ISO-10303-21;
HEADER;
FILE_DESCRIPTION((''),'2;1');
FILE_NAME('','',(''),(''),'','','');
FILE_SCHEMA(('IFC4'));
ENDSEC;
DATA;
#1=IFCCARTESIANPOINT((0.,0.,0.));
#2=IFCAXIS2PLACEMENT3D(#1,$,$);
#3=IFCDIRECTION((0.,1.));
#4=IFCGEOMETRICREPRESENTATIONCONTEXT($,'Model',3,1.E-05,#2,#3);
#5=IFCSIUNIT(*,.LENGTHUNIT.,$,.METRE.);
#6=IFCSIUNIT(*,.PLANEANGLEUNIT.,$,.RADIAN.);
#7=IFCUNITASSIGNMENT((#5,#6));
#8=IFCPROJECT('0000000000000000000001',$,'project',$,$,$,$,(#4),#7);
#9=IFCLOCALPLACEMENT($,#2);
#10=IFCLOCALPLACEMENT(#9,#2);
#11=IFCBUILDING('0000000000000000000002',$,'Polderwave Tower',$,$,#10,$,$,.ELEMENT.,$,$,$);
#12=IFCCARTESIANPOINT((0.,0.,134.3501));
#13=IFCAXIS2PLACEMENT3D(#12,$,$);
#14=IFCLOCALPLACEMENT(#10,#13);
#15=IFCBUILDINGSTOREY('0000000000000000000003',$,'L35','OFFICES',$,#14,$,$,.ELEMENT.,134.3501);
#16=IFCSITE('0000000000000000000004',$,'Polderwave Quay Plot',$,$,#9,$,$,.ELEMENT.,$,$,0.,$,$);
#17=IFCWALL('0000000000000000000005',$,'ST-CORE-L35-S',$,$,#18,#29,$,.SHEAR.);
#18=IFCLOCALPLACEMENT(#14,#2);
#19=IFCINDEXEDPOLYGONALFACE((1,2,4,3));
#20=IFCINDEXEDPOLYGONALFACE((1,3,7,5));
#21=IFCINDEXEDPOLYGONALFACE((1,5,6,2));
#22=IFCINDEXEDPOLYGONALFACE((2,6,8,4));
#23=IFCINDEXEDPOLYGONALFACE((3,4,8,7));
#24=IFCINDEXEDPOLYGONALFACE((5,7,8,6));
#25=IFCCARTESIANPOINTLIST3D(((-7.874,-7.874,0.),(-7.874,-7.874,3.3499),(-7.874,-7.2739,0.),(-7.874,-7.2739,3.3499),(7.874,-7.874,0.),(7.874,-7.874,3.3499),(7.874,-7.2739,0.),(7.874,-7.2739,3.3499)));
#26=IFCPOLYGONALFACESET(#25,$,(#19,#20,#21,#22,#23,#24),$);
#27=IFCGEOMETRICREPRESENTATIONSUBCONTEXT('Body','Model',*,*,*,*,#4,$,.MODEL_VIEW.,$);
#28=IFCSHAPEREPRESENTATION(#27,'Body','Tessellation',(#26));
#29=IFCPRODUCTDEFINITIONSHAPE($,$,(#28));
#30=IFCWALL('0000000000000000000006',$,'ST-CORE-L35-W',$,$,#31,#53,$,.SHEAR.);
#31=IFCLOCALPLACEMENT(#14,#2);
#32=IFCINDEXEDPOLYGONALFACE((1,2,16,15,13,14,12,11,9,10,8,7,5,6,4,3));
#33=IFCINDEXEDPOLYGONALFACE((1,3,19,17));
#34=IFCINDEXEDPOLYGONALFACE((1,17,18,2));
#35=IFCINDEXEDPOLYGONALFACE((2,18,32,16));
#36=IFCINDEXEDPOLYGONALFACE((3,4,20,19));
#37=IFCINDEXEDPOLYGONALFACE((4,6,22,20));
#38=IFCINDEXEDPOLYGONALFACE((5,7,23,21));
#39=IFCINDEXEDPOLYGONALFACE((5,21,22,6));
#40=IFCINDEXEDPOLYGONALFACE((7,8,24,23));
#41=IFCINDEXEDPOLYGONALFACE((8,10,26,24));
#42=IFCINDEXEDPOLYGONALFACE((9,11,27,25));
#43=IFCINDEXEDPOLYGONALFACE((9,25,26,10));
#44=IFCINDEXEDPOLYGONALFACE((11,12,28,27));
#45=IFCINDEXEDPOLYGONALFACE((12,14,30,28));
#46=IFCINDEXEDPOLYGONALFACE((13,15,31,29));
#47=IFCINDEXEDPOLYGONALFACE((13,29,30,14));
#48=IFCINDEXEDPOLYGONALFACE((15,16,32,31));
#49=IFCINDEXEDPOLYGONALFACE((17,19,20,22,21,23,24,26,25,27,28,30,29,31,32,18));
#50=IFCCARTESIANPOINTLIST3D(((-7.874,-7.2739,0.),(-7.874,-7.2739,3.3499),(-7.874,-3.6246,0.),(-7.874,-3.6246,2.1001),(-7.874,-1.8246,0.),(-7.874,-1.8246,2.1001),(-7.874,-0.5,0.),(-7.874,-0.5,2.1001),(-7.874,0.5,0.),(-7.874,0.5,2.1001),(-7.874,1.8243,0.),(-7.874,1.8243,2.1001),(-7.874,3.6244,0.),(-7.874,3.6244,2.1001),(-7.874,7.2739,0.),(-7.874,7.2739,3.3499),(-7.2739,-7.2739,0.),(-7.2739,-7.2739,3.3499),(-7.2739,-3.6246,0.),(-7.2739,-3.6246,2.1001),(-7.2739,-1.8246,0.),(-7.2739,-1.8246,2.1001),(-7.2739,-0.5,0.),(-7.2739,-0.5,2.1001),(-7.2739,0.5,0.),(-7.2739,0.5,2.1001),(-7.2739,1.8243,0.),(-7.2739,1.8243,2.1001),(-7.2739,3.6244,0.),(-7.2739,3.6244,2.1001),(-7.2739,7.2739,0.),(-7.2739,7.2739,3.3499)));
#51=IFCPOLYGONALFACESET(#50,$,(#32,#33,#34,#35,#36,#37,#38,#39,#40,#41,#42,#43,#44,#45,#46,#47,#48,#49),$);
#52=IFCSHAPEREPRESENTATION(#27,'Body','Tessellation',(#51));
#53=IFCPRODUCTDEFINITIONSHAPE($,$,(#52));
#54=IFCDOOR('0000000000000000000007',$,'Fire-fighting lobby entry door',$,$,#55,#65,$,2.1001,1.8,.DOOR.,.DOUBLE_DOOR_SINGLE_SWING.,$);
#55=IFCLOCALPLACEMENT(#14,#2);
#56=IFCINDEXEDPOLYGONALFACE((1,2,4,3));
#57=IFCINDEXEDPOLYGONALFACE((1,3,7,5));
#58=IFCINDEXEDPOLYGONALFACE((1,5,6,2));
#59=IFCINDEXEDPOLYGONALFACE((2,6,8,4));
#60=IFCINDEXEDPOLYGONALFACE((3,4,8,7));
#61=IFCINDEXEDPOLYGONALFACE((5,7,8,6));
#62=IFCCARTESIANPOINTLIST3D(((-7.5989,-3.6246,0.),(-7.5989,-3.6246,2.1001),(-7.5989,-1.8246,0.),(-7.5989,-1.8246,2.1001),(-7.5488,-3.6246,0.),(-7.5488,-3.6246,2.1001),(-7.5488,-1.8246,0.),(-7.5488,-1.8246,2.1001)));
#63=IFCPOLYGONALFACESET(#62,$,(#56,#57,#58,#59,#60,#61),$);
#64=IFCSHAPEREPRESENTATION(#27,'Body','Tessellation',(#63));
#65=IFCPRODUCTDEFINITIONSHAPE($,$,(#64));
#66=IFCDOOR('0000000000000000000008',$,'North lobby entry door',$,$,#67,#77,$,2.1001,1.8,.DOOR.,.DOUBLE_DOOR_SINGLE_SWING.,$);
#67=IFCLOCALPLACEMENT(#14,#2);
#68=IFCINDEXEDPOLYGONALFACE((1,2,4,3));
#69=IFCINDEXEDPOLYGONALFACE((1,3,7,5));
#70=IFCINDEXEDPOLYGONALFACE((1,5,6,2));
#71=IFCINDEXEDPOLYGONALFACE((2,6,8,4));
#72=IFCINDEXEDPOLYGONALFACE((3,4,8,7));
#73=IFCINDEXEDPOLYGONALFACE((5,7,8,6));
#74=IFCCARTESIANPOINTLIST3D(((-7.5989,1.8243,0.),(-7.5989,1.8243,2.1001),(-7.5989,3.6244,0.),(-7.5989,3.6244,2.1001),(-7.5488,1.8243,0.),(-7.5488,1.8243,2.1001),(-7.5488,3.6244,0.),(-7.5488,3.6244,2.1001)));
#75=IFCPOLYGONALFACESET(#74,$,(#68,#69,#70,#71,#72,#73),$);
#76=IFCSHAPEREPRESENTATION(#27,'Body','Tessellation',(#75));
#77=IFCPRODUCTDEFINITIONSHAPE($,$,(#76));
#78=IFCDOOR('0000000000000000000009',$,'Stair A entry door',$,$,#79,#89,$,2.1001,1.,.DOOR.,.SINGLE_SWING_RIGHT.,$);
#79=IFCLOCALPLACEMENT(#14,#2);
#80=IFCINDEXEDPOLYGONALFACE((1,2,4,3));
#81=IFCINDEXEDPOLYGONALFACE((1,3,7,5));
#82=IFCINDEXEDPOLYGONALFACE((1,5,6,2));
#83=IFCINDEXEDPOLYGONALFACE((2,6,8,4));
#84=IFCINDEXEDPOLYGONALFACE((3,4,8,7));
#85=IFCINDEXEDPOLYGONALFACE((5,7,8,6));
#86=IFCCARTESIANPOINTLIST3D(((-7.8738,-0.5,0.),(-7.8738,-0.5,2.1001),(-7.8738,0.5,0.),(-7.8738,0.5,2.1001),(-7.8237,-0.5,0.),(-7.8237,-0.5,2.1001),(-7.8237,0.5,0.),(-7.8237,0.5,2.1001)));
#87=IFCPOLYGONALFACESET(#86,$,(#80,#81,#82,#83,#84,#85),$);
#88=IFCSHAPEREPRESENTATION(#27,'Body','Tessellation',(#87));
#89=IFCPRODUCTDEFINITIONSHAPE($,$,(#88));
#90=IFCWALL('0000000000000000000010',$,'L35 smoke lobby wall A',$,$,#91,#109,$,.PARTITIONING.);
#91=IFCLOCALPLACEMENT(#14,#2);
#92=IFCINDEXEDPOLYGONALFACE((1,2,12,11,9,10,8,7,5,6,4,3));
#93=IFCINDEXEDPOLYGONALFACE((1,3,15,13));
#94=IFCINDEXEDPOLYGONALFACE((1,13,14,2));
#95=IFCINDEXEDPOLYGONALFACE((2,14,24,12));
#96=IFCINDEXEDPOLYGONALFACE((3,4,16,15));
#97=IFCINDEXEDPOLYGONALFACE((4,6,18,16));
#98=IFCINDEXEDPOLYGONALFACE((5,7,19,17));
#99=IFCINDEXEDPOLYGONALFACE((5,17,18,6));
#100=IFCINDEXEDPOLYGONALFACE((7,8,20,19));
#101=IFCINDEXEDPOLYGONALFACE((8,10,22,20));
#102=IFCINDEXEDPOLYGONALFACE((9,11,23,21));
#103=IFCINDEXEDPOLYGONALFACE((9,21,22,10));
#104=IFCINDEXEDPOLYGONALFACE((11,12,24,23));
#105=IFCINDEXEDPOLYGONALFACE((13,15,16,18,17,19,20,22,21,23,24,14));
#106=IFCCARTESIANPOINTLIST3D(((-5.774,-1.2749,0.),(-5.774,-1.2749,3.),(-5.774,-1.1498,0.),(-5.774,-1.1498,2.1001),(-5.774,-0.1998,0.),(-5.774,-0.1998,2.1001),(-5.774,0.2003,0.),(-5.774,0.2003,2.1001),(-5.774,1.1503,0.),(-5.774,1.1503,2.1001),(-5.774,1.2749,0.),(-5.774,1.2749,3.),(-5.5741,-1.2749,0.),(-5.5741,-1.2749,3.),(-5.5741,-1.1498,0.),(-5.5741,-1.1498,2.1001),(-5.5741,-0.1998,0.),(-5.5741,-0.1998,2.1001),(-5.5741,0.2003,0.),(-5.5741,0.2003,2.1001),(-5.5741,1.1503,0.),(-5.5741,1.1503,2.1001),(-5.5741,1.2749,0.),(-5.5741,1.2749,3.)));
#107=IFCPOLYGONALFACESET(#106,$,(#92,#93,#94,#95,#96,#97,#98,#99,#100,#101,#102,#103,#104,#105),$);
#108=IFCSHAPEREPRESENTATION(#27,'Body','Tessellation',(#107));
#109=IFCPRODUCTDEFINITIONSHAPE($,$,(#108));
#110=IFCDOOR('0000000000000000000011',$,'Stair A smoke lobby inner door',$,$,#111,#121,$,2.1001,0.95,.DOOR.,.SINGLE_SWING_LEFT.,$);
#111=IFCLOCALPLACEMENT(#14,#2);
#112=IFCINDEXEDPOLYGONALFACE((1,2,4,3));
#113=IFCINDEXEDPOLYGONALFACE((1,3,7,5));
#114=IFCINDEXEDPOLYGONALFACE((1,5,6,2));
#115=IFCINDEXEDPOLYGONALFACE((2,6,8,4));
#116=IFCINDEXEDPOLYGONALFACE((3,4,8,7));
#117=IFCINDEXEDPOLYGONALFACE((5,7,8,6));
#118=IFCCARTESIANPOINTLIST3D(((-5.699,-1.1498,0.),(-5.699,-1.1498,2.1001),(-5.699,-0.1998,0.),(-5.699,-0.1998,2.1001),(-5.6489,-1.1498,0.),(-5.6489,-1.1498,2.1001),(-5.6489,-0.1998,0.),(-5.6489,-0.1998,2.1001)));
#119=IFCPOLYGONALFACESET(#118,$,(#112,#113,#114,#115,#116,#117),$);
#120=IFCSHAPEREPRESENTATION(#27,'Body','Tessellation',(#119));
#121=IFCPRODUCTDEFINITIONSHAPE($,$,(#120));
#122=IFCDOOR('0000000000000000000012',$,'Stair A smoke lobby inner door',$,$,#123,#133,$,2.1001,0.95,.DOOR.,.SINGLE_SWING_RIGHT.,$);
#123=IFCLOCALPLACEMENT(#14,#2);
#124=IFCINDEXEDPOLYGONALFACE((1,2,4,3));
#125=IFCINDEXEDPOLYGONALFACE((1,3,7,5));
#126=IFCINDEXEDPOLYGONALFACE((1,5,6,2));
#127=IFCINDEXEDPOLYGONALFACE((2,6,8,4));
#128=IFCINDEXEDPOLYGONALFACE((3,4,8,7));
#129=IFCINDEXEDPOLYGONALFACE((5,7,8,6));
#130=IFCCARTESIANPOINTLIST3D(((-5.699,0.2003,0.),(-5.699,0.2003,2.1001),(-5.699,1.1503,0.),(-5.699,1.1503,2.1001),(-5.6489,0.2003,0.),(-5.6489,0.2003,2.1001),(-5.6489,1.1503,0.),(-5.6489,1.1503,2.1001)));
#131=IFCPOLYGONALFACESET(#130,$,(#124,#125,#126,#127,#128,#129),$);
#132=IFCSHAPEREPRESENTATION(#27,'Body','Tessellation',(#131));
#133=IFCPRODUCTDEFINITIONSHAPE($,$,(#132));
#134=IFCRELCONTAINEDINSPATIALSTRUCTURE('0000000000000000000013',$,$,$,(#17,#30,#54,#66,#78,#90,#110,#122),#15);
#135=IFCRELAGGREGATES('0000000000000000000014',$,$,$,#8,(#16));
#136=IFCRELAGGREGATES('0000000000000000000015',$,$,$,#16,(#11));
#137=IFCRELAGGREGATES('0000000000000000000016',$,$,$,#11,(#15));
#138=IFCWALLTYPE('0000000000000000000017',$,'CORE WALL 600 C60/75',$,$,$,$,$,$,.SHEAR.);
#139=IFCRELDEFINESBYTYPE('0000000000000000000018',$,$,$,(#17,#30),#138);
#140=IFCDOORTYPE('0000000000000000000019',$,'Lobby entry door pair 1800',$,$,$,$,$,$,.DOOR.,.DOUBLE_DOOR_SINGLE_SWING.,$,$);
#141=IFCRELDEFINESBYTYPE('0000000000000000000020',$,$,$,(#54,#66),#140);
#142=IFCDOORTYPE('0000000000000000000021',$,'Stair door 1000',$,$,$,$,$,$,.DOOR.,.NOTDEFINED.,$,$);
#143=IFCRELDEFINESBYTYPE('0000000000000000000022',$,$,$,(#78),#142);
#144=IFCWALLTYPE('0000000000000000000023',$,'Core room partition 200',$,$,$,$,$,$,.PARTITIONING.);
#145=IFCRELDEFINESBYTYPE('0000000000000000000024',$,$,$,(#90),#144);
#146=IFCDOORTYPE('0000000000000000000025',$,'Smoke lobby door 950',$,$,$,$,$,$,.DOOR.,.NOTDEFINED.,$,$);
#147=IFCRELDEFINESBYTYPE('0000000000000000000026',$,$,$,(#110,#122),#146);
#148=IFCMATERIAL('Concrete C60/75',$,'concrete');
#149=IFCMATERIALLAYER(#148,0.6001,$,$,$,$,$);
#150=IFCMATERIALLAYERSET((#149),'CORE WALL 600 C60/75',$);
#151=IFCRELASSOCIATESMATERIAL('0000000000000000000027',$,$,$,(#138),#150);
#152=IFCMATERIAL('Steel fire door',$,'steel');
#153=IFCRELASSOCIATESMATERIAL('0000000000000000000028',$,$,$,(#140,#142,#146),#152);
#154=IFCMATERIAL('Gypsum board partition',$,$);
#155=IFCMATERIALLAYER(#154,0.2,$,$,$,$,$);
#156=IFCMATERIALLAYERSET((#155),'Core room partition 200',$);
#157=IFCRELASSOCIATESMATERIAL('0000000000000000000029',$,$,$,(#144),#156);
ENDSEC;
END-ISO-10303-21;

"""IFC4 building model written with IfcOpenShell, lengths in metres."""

from ifc_helpers import new_model, si_unit, direction, frame, frame_2d, origin, place, context, subcontext, project, spatial, rectangle, extrude, material, layer, layer_set, type_object, element, fill, save


model = new_model("IFC4")

# Units and contexts
model_context = context("Model", 3, precision=1e-05, world=origin(), true_north=direction((0.0, 1.0)))
body_context = subcontext(model_context, "Body", "Model", "MODEL_VIEW")
ifc_project = project(units=[si_unit("LENGTHUNIT", "METRE"), si_unit("PLANEANGLEUNIT", "RADIAN")], contexts=[model_context])

# Site, building, storey
site_placement = place(None, origin())
site = spatial("IfcSite", under=ifc_project, at=site_placement, Name="Polderwave Quay Plot", CompositionType="ELEMENT", RefElevation=0.0)
building_placement = place(site_placement, origin())
building = spatial("IfcBuilding", under=site, at=building_placement, Name="Polderwave Tower", CompositionType="ELEMENT")
storey_placement = place(building_placement, frame((0.0, 0.0, 134.3501)))
storey = spatial("IfcBuildingStorey", under=building, at=storey_placement, Name="L35", Description="OFFICES", CompositionType="ELEMENT", Elevation=134.3501)

# Wall
ifc_material_1 = material(Name="Concrete C60/75", Category="concrete")
ifc_layer_1 = layer(ifc_material_1, 0.6001)
ifc_layer_set_1 = layer_set([ifc_layer_1], Name="CORE WALL 600 C60/75")
wall_type_1 = type_object("IfcWallType", Name="CORE WALL 600 C60/75", PredefinedType="SHEAR", material=ifc_layer_set_1)
wall_1_placement = place(storey_placement, frame((-7.874, -7.574, 0.0), z_axis=(0.0, 0.0, 1.0), x_axis=(1.0, 0.0, 0.0)))
element("IfcWall", 1, at=wall_1_placement, inside=storey, type_object=wall_type_1, Name="ST-CORE-L35-S", PredefinedType="SHEAR", context=body_context, shape_type="SweptSolid", body=[
    extrude(rectangle(XDim=15.748, YDim=0.6001, at=frame_2d((7.874, 0.0))), origin(), (0.0, 0.0, 1.0), 3.3499),
])

# Walls, openings, doors
wall_2_placement = place(storey_placement, frame((-7.574, -7.2739, 0.0), z_axis=(0.0, 0.0, 1.0), x_axis=(0.0, 1.0, 0.0)))
wall_2 = element("IfcWall", 2, at=wall_2_placement, inside=storey, type_object=wall_type_1, Name="ST-CORE-L35-W", PredefinedType="SHEAR", context=body_context, shape_type="SweptSolid", body=[
    extrude(rectangle(XDim=14.5479, YDim=0.6001, at=frame_2d((7.2739, 0.0))), origin(), (0.0, 0.0, 1.0), 3.3499),
])
opening_1_placement = place(wall_2_placement, frame((6.7739, 0.0, 0.0)))
opening_1 = element("IfcOpeningElement", 3, at=opening_1_placement, cuts=wall_2, PredefinedType="OPENING", context=body_context, shape_type="SweptSolid", body=[
    extrude(rectangle(XDim=1.0, YDim=2.1001, at=frame_2d((0.5, 1.05))), frame((0.0, 0.3101, 0.0), z_axis=(0.0, -1.0, 0.0), x_axis=(1.0, 0.0, 0.0)), (0.0, 0.0, 1.0), 0.6201),
])
opening_2_placement = place(wall_2_placement, frame((3.6494, 0.0, 0.0)))
opening_2 = element("IfcOpeningElement", 4, at=opening_2_placement, cuts=wall_2, PredefinedType="OPENING", context=body_context, shape_type="SweptSolid", body=[
    extrude(rectangle(XDim=1.8, YDim=2.1001, at=frame_2d((0.8999, 1.05))), frame((0.0, 0.3101, 0.0), z_axis=(0.0, -1.0, 0.0), x_axis=(1.0, 0.0, 0.0)), (0.0, 0.0, 1.0), 0.6201),
])
opening_3_placement = place(wall_2_placement, frame((9.0984, 0.0, 0.0)))
opening_3 = element("IfcOpeningElement", 5, at=opening_3_placement, cuts=wall_2, PredefinedType="OPENING", context=body_context, shape_type="SweptSolid", body=[
    extrude(rectangle(XDim=1.8, YDim=2.1001, at=frame_2d((0.8999, 1.05))), frame((0.0, 0.3101, 0.0), z_axis=(0.0, -1.0, 0.0), x_axis=(1.0, 0.0, 0.0)), (0.0, 0.0, 1.0), 0.6201),
])
ifc_material_2 = material(Name="Steel fire door", Category="steel")
door_type_1 = type_object("IfcDoorType", Name="Lobby entry door pair 1800", OperationType="DOUBLE_DOOR_SINGLE_SWING", PredefinedType="DOOR", material=ifc_material_2)
door_1_placement = place(opening_2_placement, origin())
door_1 = element("IfcDoor", 6, at=door_1_placement, inside=storey, type_object=door_type_1, Name="Fire-fighting lobby entry door", OperationType="DOUBLE_DOOR_SINGLE_SWING", OverallHeight=2.1001, OverallWidth=1.8, PredefinedType="DOOR", context=body_context, shape_type="SweptSolid", body=[
    extrude(rectangle(XDim=1.8, YDim=2.1001, at=frame_2d((0.8999, 1.05))), frame((0.0, 0.0249, 0.0), z_axis=(0.0, -1.0, 0.0), x_axis=(1.0, 0.0, 0.0)), (0.0, 0.0, 1.0), 0.05),
])
fill(opening_2, door_1)
door_2_placement = place(opening_3_placement, origin())
door_2 = element("IfcDoor", 7, at=door_2_placement, inside=storey, type_object=door_type_1, Name="North lobby entry door", OperationType="DOUBLE_DOOR_SINGLE_SWING", OverallHeight=2.1001, OverallWidth=1.8, PredefinedType="DOOR", context=body_context, shape_type="SweptSolid", body=[
    extrude(rectangle(XDim=1.8, YDim=2.1001, at=frame_2d((0.8999, 1.05))), frame((0.0, 0.0249, 0.0), z_axis=(0.0, -1.0, 0.0), x_axis=(1.0, 0.0, 0.0)), (0.0, 0.0, 1.0), 0.05),
])
fill(opening_3, door_2)
door_type_2 = type_object("IfcDoorType", Name="Stair door 1000", OperationType="NOTDEFINED", PredefinedType="DOOR", material=ifc_material_2)
door_3_placement = place(opening_1_placement, origin())
door_3 = element("IfcDoor", 8, at=door_3_placement, inside=storey, type_object=door_type_2, Name="Stair A entry door", OperationType="SINGLE_SWING_RIGHT", OverallHeight=2.1001, OverallWidth=1.0, PredefinedType="DOOR", context=body_context, shape_type="SweptSolid", body=[
    extrude(rectangle(XDim=1.0, YDim=2.1001, at=frame_2d((0.5, 1.05))), frame((0.0, 0.2998, 0.0), z_axis=(0.0, -1.0, 0.0), x_axis=(1.0, 0.0, 0.0)), (0.0, 0.0, 1.0), 0.05),
])
fill(opening_1, door_3)
ifc_material_3 = material(Name="Gypsum board partition")
ifc_layer_2 = layer(ifc_material_3, 0.2)
ifc_layer_set_2 = layer_set([ifc_layer_2], Name="Core room partition 200")
wall_type_2 = type_object("IfcWallType", Name="Core room partition 200", PredefinedType="PARTITIONING", material=ifc_layer_set_2)
wall_3_placement = place(storey_placement, frame((-5.6741, -1.2749, 0.0), z_axis=(0.0, 0.0, 1.0), x_axis=(0.0, 1.0, 0.0)))
wall_3 = element("IfcWall", 9, at=wall_3_placement, inside=storey, type_object=wall_type_2, Name="L35 smoke lobby wall A", PredefinedType="PARTITIONING", context=body_context, shape_type="SweptSolid", body=[
    extrude(rectangle(XDim=2.5498, YDim=0.2, at=frame_2d((1.2749, 0.0))), origin(), (0.0, 0.0, 1.0), 3.0),
])
opening_4_placement = place(wall_3_placement, frame((0.125, 0.0, 0.0)))
opening_4 = element("IfcOpeningElement", 10, at=opening_4_placement, cuts=wall_3, PredefinedType="OPENING", context=body_context, shape_type="SweptSolid", body=[
    extrude(rectangle(XDim=0.95, YDim=2.1001, at=frame_2d((0.4751, 1.05))), frame((0.0, 0.1099, 0.0), z_axis=(0.0, -1.0, 0.0), x_axis=(1.0, 0.0, 0.0)), (0.0, 0.0, 1.0), 0.22),
])
opening_5_placement = place(wall_3_placement, frame((1.4751, 0.0, 0.0)))
opening_5 = element("IfcOpeningElement", 11, at=opening_5_placement, cuts=wall_3, PredefinedType="OPENING", context=body_context, shape_type="SweptSolid", body=[
    extrude(rectangle(XDim=0.95, YDim=2.1001, at=frame_2d((0.4751, 1.05))), frame((0.0, 0.1099, 0.0), z_axis=(0.0, -1.0, 0.0), x_axis=(1.0, 0.0, 0.0)), (0.0, 0.0, 1.0), 0.22),
])
door_type_3 = type_object("IfcDoorType", Name="Smoke lobby door 950", OperationType="NOTDEFINED", PredefinedType="DOOR", material=ifc_material_2)
door_4_placement = place(opening_4_placement, origin())
door_4 = element("IfcDoor", 12, at=door_4_placement, inside=storey, type_object=door_type_3, Name="Stair A smoke lobby inner door", OperationType="SINGLE_SWING_LEFT", OverallHeight=2.1001, OverallWidth=0.95, PredefinedType="DOOR", context=body_context, shape_type="SweptSolid", body=[
    extrude(rectangle(XDim=0.95, YDim=2.1001, at=frame_2d((0.4751, 1.05))), frame((0.0, 0.0249, 0.0), z_axis=(0.0, -1.0, 0.0), x_axis=(1.0, 0.0, 0.0)), (0.0, 0.0, 1.0), 0.05),
])
fill(opening_4, door_4)
door_5_placement = place(opening_5_placement, origin())
door_5 = element("IfcDoor", 13, at=door_5_placement, inside=storey, type_object=door_type_3, Name="Stair A smoke lobby inner door", OperationType="SINGLE_SWING_RIGHT", OverallHeight=2.1001, OverallWidth=0.95, PredefinedType="DOOR", context=body_context, shape_type="SweptSolid", body=[
    extrude(rectangle(XDim=0.95, YDim=2.1001, at=frame_2d((0.4751, 1.05))), frame((0.0, 0.0249, 0.0), z_axis=(0.0, -1.0, 0.0), x_axis=(1.0, 0.0, 0.0)), (0.0, 0.0, 1.0), 0.05),
])
fill(opening_5, door_5)

save(model, "model.ifc")
